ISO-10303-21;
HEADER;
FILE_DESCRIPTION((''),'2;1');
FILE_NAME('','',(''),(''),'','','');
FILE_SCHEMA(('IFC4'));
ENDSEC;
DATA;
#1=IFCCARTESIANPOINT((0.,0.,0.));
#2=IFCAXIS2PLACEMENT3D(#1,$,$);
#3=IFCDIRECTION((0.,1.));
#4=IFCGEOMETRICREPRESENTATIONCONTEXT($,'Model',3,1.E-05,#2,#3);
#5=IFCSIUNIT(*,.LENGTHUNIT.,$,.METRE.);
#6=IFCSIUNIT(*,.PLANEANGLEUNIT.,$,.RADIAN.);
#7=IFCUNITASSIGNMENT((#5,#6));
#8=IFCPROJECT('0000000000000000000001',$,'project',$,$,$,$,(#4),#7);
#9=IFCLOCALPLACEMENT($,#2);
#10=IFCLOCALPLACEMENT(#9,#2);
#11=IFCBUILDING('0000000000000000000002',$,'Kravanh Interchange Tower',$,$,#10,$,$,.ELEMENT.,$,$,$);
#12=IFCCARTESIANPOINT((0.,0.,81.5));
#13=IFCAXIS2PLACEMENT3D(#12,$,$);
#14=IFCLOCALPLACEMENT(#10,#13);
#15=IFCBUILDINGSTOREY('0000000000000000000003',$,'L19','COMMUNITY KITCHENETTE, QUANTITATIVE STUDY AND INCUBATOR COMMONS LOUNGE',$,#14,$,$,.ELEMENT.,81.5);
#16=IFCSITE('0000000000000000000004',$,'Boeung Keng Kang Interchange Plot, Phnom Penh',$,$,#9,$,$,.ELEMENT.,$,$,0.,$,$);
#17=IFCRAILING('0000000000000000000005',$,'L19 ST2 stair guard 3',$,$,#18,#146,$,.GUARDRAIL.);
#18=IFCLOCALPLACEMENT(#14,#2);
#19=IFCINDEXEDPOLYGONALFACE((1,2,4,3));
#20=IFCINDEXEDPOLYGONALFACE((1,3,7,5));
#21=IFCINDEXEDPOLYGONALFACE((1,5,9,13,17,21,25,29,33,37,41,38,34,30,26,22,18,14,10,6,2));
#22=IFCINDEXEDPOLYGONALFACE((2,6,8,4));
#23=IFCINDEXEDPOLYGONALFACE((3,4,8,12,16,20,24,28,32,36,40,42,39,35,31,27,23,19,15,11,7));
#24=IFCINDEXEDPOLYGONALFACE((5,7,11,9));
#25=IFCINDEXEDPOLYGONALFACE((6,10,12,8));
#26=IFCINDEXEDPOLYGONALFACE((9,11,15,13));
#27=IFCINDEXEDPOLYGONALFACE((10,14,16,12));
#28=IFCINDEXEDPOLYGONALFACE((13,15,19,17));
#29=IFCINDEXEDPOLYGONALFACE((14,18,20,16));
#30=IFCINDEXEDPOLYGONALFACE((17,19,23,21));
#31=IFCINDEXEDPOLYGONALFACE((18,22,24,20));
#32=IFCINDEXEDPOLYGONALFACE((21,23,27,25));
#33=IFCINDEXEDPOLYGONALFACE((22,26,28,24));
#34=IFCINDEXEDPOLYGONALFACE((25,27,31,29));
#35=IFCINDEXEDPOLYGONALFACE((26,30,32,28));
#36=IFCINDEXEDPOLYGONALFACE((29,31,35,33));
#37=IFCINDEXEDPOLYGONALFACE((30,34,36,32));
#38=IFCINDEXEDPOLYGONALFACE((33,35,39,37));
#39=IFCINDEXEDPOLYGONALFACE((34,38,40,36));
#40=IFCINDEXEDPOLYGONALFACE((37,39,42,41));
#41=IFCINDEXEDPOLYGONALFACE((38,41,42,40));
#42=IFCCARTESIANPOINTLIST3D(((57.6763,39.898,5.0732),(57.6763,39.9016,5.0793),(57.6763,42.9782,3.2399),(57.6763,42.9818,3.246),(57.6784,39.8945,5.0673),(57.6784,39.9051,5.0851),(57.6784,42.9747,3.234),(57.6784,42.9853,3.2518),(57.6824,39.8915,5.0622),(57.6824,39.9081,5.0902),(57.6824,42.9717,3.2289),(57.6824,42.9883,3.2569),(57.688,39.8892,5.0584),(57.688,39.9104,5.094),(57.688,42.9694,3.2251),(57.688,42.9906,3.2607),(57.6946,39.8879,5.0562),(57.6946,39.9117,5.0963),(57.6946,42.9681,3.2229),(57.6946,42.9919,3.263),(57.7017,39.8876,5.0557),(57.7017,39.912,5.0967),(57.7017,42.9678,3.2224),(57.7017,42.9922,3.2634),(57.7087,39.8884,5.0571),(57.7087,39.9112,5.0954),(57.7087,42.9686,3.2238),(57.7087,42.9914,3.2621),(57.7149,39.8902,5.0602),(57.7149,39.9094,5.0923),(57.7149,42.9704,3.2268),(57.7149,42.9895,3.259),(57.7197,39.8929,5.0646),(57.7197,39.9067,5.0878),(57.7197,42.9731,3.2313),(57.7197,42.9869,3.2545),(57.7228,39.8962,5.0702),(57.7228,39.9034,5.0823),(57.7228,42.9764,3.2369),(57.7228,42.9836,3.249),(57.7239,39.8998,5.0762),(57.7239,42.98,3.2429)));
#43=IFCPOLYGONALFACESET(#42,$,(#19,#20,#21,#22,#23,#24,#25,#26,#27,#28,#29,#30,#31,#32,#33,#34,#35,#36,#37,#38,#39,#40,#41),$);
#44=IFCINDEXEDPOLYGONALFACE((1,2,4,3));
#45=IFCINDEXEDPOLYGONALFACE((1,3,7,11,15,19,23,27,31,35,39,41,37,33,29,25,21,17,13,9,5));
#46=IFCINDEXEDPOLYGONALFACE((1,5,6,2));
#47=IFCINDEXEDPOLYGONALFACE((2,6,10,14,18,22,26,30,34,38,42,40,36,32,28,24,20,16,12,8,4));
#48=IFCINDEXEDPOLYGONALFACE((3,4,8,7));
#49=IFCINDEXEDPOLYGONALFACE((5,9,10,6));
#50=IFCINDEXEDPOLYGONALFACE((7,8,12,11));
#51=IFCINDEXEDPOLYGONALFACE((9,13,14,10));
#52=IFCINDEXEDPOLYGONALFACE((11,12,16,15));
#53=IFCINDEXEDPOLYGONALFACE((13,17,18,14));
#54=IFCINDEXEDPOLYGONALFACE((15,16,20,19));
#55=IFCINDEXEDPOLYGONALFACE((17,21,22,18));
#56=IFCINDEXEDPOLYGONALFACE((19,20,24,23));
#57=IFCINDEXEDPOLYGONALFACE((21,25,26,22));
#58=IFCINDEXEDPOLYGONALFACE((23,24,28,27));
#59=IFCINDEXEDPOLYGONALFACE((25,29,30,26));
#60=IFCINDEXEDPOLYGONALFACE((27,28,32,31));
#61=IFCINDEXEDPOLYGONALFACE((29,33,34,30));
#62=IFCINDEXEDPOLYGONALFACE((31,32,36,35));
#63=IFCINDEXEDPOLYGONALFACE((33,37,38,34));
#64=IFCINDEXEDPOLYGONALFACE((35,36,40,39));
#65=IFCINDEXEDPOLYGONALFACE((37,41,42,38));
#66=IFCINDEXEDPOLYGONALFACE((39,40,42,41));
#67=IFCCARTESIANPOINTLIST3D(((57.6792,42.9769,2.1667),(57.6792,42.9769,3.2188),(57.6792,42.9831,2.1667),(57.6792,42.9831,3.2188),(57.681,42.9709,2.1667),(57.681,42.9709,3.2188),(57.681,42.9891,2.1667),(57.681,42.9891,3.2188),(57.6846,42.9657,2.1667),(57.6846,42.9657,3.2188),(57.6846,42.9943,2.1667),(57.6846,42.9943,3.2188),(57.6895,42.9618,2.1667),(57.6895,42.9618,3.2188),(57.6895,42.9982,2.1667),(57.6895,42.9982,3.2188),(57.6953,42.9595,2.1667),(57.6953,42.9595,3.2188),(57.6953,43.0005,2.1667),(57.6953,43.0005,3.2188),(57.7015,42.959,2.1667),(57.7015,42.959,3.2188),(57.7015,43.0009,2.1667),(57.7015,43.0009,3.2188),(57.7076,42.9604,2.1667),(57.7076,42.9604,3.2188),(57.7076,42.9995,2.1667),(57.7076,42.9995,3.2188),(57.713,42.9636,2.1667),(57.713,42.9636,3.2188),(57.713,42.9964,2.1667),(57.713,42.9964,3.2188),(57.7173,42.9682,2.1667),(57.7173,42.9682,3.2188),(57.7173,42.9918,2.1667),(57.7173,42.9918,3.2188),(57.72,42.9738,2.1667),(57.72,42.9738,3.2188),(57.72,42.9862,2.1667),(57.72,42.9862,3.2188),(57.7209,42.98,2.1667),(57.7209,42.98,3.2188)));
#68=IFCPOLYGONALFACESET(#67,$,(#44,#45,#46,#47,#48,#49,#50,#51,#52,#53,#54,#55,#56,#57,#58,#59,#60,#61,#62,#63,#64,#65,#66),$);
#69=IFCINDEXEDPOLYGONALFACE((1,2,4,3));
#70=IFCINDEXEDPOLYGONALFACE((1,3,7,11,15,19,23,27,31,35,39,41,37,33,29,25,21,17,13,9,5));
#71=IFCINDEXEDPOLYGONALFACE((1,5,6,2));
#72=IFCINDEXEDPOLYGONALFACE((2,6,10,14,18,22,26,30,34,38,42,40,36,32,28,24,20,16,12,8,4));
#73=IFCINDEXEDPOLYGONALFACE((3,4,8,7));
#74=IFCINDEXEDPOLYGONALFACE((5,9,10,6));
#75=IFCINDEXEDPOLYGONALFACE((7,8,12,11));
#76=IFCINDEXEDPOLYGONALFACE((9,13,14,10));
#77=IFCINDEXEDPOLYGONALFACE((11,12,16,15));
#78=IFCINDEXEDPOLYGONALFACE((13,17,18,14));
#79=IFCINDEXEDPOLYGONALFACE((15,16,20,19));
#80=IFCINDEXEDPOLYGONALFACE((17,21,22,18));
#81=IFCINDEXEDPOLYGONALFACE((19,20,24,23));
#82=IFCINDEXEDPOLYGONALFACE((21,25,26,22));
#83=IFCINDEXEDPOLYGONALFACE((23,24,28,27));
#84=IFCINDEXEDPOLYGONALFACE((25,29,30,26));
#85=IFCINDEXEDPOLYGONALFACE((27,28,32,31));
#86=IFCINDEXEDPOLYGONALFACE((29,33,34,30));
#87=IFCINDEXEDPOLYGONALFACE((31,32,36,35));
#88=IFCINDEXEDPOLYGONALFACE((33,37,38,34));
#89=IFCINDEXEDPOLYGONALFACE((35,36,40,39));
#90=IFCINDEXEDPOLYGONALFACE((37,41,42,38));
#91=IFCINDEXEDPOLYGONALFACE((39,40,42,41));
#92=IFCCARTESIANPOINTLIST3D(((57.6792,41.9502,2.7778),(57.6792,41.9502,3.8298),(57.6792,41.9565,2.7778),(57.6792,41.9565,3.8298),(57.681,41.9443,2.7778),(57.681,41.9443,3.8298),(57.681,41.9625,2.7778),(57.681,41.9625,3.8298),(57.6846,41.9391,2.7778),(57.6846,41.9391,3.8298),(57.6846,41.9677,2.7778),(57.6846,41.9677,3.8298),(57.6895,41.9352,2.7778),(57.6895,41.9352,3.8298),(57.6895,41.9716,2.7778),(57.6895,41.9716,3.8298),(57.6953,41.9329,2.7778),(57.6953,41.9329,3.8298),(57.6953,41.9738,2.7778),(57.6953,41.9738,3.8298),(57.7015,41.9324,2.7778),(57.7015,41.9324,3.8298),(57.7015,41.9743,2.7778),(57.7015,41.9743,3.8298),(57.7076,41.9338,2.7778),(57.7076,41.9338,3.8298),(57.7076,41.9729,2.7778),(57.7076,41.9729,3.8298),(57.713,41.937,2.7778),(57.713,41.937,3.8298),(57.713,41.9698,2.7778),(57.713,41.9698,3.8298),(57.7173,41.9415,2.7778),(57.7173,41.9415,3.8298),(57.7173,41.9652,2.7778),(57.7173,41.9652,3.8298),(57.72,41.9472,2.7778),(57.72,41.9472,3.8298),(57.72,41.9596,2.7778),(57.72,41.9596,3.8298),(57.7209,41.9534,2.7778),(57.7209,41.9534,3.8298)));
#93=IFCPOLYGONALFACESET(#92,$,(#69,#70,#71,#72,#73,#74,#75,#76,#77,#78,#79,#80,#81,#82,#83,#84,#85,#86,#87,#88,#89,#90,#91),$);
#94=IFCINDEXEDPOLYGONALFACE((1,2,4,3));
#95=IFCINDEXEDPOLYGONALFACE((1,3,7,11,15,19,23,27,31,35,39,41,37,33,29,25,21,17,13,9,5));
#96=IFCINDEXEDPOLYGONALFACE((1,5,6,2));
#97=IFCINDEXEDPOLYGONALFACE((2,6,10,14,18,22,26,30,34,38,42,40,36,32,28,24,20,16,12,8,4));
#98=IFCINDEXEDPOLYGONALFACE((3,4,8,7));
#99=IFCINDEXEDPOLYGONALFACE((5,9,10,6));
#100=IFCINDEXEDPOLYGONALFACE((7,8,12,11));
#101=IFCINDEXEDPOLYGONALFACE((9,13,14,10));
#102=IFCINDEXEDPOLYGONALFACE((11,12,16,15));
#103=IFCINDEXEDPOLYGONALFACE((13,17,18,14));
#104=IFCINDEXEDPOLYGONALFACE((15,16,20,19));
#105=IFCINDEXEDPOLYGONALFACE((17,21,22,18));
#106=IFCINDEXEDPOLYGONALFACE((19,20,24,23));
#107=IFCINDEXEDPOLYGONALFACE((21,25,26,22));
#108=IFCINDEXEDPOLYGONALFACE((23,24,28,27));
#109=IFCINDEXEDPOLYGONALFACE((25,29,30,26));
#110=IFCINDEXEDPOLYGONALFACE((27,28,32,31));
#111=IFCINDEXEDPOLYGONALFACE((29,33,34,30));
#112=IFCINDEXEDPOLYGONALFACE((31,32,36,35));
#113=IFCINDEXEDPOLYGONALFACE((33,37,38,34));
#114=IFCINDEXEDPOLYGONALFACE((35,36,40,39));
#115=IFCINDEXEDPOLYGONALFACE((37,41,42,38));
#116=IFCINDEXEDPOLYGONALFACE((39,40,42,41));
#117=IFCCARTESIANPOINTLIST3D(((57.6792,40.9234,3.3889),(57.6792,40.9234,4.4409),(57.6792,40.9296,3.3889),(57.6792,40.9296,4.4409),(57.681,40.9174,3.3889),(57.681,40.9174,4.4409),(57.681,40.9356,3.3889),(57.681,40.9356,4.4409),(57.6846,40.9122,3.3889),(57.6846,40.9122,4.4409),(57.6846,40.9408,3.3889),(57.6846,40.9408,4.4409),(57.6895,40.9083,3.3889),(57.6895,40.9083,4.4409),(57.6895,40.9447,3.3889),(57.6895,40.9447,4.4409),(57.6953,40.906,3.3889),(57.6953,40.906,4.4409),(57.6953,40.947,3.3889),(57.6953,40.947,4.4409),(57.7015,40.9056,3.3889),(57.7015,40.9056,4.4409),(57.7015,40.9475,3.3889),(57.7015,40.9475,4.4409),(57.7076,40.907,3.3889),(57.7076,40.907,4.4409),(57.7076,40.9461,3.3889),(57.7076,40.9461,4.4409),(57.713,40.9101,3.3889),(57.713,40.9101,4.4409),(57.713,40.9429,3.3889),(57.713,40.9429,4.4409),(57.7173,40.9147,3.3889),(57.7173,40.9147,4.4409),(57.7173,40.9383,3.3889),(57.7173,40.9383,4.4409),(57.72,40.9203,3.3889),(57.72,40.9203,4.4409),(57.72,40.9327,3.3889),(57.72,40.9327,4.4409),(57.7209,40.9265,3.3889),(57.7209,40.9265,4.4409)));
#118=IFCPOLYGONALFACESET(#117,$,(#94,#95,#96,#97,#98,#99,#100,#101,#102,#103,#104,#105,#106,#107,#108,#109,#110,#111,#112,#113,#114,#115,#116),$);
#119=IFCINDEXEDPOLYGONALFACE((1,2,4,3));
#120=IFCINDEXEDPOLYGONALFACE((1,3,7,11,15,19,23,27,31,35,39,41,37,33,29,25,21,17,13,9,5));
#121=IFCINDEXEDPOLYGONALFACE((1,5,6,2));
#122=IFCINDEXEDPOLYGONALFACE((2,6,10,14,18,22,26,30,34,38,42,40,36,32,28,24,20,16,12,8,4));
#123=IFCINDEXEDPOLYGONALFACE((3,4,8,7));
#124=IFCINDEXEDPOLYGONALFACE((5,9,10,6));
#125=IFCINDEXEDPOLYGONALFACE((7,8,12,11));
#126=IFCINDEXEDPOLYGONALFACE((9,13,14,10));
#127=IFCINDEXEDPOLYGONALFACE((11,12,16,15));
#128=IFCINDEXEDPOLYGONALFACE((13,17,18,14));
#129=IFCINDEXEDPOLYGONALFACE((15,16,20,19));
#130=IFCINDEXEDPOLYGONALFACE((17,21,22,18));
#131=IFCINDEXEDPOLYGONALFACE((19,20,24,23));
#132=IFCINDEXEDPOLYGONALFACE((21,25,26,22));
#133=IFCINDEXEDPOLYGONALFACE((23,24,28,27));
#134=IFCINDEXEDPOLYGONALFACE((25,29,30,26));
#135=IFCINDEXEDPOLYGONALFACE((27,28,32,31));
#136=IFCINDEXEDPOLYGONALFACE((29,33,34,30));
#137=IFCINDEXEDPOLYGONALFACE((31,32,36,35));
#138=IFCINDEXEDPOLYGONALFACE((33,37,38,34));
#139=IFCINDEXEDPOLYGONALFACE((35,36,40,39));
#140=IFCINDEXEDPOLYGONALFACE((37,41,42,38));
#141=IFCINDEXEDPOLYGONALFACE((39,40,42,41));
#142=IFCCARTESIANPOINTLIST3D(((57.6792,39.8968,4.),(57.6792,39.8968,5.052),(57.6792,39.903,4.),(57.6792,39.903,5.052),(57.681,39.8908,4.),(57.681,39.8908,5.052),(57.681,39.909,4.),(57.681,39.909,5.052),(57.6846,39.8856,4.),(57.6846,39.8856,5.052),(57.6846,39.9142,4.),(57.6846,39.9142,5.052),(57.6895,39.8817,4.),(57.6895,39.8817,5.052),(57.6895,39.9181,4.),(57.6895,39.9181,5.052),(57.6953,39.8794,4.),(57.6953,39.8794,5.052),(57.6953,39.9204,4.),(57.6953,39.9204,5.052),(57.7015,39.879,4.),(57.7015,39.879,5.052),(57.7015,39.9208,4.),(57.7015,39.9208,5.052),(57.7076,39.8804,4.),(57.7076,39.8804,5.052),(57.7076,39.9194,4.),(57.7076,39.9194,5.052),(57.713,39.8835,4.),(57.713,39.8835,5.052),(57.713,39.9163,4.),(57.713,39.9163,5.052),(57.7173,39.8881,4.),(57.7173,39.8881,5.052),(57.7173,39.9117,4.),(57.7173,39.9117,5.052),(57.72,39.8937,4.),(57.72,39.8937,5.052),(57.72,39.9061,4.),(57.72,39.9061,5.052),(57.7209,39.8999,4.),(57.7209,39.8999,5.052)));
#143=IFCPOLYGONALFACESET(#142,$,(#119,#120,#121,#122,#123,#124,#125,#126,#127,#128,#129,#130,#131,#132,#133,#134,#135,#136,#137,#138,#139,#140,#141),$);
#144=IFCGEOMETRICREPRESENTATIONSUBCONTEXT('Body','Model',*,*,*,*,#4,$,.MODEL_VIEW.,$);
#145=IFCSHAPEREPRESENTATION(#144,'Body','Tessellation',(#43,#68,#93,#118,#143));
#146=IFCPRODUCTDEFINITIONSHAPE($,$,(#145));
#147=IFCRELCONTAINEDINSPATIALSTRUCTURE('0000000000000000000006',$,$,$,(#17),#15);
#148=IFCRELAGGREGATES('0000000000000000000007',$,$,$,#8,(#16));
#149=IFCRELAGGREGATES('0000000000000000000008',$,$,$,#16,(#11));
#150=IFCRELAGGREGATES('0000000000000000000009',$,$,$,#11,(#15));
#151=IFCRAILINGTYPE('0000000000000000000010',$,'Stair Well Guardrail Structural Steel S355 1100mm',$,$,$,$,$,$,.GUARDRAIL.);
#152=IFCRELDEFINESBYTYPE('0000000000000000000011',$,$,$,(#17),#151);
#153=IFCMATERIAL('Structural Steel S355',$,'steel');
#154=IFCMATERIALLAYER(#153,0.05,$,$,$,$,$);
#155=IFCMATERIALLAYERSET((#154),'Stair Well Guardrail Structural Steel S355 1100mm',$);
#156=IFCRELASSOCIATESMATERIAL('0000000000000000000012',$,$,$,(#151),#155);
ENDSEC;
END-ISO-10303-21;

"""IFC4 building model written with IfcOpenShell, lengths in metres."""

from ifc_helpers import new_model, si_unit, direction, frame, origin, origin_2d, place, context, subcontext, project, spatial, circle, extrude, material, layer, layer_set, type_object, element, save


model = new_model("IFC4")

# Units and contexts
model_context = context("Model", 3, precision=1e-05, world=origin(), true_north=direction((0.0, 1.0)))
body_context = subcontext(model_context, "Body", "Model", "MODEL_VIEW")
ifc_project = project(units=[si_unit("LENGTHUNIT", "METRE"), si_unit("PLANEANGLEUNIT", "RADIAN")], contexts=[model_context])

# Site, building, storey
site_placement = place(None, origin())
site = spatial("IfcSite", under=ifc_project, at=site_placement, Name="Boeung Keng Kang Interchange Plot, Phnom Penh", CompositionType="ELEMENT", RefElevation=0.0)
building_placement = place(site_placement, origin())
building = spatial("IfcBuilding", under=site, at=building_placement, Name="Kravanh Interchange Tower", CompositionType="ELEMENT")
storey_placement = place(building_placement, frame((0.0, 0.0, 81.5)))
storey = spatial("IfcBuildingStorey", under=building, at=storey_placement, Name="L19", Description="COMMUNITY KITCHENETTE, QUANTITATIVE STUDY AND INCUBATOR COMMONS LOUNGE", CompositionType="ELEMENT", Elevation=81.5)

# Railing
ifc_material_1 = material(Name="Structural Steel S355", Category="steel")
ifc_layer_1 = layer(ifc_material_1, 0.05)
ifc_layer_set_1 = layer_set([ifc_layer_1], Name="Stair Well Guardrail Structural Steel S355 1100mm")
railing_type_1 = type_object("IfcRailingType", Name="Stair Well Guardrail Structural Steel S355 1100mm", PredefinedType="GUARDRAIL", material=ifc_layer_set_1)
railing_1_placement = place(storey_placement, frame((57.7, 42.98, 2.1667)))
element("IfcRailing", 1, at=railing_1_placement, inside=storey, type_object=railing_type_1, Name="L19 ST2 stair guard 3", PredefinedType="GUARDRAIL", context=body_context, shape_type="SweptSolid", body=[
    extrude(circle(Radius=0.0239, at=origin_2d()), frame((0.0, 0.0, 1.0762), z_axis=(0.0, -0.859309, 0.511458), x_axis=(1.0, 0.0, 0.0)), (0.0, 0.0, 1.0), 3.5845),
    extrude(circle(Radius=0.021, at=origin_2d()), origin(), (0.0, 0.0, 1.0), 1.052),
    extrude(circle(Radius=0.021, at=origin_2d()), frame((0.0, -1.0266, 0.6111)), (0.0, 0.0, 1.0), 1.052),
    extrude(circle(Radius=0.021, at=origin_2d()), frame((0.0, -2.0535, 1.2222)), (0.0, 0.0, 1.0), 1.052),
    extrude(circle(Radius=0.021, at=origin_2d()), frame((0.0, -3.0801, 1.8333)), (0.0, 0.0, 1.0), 1.052),
])

save(model, "model.ifc")
